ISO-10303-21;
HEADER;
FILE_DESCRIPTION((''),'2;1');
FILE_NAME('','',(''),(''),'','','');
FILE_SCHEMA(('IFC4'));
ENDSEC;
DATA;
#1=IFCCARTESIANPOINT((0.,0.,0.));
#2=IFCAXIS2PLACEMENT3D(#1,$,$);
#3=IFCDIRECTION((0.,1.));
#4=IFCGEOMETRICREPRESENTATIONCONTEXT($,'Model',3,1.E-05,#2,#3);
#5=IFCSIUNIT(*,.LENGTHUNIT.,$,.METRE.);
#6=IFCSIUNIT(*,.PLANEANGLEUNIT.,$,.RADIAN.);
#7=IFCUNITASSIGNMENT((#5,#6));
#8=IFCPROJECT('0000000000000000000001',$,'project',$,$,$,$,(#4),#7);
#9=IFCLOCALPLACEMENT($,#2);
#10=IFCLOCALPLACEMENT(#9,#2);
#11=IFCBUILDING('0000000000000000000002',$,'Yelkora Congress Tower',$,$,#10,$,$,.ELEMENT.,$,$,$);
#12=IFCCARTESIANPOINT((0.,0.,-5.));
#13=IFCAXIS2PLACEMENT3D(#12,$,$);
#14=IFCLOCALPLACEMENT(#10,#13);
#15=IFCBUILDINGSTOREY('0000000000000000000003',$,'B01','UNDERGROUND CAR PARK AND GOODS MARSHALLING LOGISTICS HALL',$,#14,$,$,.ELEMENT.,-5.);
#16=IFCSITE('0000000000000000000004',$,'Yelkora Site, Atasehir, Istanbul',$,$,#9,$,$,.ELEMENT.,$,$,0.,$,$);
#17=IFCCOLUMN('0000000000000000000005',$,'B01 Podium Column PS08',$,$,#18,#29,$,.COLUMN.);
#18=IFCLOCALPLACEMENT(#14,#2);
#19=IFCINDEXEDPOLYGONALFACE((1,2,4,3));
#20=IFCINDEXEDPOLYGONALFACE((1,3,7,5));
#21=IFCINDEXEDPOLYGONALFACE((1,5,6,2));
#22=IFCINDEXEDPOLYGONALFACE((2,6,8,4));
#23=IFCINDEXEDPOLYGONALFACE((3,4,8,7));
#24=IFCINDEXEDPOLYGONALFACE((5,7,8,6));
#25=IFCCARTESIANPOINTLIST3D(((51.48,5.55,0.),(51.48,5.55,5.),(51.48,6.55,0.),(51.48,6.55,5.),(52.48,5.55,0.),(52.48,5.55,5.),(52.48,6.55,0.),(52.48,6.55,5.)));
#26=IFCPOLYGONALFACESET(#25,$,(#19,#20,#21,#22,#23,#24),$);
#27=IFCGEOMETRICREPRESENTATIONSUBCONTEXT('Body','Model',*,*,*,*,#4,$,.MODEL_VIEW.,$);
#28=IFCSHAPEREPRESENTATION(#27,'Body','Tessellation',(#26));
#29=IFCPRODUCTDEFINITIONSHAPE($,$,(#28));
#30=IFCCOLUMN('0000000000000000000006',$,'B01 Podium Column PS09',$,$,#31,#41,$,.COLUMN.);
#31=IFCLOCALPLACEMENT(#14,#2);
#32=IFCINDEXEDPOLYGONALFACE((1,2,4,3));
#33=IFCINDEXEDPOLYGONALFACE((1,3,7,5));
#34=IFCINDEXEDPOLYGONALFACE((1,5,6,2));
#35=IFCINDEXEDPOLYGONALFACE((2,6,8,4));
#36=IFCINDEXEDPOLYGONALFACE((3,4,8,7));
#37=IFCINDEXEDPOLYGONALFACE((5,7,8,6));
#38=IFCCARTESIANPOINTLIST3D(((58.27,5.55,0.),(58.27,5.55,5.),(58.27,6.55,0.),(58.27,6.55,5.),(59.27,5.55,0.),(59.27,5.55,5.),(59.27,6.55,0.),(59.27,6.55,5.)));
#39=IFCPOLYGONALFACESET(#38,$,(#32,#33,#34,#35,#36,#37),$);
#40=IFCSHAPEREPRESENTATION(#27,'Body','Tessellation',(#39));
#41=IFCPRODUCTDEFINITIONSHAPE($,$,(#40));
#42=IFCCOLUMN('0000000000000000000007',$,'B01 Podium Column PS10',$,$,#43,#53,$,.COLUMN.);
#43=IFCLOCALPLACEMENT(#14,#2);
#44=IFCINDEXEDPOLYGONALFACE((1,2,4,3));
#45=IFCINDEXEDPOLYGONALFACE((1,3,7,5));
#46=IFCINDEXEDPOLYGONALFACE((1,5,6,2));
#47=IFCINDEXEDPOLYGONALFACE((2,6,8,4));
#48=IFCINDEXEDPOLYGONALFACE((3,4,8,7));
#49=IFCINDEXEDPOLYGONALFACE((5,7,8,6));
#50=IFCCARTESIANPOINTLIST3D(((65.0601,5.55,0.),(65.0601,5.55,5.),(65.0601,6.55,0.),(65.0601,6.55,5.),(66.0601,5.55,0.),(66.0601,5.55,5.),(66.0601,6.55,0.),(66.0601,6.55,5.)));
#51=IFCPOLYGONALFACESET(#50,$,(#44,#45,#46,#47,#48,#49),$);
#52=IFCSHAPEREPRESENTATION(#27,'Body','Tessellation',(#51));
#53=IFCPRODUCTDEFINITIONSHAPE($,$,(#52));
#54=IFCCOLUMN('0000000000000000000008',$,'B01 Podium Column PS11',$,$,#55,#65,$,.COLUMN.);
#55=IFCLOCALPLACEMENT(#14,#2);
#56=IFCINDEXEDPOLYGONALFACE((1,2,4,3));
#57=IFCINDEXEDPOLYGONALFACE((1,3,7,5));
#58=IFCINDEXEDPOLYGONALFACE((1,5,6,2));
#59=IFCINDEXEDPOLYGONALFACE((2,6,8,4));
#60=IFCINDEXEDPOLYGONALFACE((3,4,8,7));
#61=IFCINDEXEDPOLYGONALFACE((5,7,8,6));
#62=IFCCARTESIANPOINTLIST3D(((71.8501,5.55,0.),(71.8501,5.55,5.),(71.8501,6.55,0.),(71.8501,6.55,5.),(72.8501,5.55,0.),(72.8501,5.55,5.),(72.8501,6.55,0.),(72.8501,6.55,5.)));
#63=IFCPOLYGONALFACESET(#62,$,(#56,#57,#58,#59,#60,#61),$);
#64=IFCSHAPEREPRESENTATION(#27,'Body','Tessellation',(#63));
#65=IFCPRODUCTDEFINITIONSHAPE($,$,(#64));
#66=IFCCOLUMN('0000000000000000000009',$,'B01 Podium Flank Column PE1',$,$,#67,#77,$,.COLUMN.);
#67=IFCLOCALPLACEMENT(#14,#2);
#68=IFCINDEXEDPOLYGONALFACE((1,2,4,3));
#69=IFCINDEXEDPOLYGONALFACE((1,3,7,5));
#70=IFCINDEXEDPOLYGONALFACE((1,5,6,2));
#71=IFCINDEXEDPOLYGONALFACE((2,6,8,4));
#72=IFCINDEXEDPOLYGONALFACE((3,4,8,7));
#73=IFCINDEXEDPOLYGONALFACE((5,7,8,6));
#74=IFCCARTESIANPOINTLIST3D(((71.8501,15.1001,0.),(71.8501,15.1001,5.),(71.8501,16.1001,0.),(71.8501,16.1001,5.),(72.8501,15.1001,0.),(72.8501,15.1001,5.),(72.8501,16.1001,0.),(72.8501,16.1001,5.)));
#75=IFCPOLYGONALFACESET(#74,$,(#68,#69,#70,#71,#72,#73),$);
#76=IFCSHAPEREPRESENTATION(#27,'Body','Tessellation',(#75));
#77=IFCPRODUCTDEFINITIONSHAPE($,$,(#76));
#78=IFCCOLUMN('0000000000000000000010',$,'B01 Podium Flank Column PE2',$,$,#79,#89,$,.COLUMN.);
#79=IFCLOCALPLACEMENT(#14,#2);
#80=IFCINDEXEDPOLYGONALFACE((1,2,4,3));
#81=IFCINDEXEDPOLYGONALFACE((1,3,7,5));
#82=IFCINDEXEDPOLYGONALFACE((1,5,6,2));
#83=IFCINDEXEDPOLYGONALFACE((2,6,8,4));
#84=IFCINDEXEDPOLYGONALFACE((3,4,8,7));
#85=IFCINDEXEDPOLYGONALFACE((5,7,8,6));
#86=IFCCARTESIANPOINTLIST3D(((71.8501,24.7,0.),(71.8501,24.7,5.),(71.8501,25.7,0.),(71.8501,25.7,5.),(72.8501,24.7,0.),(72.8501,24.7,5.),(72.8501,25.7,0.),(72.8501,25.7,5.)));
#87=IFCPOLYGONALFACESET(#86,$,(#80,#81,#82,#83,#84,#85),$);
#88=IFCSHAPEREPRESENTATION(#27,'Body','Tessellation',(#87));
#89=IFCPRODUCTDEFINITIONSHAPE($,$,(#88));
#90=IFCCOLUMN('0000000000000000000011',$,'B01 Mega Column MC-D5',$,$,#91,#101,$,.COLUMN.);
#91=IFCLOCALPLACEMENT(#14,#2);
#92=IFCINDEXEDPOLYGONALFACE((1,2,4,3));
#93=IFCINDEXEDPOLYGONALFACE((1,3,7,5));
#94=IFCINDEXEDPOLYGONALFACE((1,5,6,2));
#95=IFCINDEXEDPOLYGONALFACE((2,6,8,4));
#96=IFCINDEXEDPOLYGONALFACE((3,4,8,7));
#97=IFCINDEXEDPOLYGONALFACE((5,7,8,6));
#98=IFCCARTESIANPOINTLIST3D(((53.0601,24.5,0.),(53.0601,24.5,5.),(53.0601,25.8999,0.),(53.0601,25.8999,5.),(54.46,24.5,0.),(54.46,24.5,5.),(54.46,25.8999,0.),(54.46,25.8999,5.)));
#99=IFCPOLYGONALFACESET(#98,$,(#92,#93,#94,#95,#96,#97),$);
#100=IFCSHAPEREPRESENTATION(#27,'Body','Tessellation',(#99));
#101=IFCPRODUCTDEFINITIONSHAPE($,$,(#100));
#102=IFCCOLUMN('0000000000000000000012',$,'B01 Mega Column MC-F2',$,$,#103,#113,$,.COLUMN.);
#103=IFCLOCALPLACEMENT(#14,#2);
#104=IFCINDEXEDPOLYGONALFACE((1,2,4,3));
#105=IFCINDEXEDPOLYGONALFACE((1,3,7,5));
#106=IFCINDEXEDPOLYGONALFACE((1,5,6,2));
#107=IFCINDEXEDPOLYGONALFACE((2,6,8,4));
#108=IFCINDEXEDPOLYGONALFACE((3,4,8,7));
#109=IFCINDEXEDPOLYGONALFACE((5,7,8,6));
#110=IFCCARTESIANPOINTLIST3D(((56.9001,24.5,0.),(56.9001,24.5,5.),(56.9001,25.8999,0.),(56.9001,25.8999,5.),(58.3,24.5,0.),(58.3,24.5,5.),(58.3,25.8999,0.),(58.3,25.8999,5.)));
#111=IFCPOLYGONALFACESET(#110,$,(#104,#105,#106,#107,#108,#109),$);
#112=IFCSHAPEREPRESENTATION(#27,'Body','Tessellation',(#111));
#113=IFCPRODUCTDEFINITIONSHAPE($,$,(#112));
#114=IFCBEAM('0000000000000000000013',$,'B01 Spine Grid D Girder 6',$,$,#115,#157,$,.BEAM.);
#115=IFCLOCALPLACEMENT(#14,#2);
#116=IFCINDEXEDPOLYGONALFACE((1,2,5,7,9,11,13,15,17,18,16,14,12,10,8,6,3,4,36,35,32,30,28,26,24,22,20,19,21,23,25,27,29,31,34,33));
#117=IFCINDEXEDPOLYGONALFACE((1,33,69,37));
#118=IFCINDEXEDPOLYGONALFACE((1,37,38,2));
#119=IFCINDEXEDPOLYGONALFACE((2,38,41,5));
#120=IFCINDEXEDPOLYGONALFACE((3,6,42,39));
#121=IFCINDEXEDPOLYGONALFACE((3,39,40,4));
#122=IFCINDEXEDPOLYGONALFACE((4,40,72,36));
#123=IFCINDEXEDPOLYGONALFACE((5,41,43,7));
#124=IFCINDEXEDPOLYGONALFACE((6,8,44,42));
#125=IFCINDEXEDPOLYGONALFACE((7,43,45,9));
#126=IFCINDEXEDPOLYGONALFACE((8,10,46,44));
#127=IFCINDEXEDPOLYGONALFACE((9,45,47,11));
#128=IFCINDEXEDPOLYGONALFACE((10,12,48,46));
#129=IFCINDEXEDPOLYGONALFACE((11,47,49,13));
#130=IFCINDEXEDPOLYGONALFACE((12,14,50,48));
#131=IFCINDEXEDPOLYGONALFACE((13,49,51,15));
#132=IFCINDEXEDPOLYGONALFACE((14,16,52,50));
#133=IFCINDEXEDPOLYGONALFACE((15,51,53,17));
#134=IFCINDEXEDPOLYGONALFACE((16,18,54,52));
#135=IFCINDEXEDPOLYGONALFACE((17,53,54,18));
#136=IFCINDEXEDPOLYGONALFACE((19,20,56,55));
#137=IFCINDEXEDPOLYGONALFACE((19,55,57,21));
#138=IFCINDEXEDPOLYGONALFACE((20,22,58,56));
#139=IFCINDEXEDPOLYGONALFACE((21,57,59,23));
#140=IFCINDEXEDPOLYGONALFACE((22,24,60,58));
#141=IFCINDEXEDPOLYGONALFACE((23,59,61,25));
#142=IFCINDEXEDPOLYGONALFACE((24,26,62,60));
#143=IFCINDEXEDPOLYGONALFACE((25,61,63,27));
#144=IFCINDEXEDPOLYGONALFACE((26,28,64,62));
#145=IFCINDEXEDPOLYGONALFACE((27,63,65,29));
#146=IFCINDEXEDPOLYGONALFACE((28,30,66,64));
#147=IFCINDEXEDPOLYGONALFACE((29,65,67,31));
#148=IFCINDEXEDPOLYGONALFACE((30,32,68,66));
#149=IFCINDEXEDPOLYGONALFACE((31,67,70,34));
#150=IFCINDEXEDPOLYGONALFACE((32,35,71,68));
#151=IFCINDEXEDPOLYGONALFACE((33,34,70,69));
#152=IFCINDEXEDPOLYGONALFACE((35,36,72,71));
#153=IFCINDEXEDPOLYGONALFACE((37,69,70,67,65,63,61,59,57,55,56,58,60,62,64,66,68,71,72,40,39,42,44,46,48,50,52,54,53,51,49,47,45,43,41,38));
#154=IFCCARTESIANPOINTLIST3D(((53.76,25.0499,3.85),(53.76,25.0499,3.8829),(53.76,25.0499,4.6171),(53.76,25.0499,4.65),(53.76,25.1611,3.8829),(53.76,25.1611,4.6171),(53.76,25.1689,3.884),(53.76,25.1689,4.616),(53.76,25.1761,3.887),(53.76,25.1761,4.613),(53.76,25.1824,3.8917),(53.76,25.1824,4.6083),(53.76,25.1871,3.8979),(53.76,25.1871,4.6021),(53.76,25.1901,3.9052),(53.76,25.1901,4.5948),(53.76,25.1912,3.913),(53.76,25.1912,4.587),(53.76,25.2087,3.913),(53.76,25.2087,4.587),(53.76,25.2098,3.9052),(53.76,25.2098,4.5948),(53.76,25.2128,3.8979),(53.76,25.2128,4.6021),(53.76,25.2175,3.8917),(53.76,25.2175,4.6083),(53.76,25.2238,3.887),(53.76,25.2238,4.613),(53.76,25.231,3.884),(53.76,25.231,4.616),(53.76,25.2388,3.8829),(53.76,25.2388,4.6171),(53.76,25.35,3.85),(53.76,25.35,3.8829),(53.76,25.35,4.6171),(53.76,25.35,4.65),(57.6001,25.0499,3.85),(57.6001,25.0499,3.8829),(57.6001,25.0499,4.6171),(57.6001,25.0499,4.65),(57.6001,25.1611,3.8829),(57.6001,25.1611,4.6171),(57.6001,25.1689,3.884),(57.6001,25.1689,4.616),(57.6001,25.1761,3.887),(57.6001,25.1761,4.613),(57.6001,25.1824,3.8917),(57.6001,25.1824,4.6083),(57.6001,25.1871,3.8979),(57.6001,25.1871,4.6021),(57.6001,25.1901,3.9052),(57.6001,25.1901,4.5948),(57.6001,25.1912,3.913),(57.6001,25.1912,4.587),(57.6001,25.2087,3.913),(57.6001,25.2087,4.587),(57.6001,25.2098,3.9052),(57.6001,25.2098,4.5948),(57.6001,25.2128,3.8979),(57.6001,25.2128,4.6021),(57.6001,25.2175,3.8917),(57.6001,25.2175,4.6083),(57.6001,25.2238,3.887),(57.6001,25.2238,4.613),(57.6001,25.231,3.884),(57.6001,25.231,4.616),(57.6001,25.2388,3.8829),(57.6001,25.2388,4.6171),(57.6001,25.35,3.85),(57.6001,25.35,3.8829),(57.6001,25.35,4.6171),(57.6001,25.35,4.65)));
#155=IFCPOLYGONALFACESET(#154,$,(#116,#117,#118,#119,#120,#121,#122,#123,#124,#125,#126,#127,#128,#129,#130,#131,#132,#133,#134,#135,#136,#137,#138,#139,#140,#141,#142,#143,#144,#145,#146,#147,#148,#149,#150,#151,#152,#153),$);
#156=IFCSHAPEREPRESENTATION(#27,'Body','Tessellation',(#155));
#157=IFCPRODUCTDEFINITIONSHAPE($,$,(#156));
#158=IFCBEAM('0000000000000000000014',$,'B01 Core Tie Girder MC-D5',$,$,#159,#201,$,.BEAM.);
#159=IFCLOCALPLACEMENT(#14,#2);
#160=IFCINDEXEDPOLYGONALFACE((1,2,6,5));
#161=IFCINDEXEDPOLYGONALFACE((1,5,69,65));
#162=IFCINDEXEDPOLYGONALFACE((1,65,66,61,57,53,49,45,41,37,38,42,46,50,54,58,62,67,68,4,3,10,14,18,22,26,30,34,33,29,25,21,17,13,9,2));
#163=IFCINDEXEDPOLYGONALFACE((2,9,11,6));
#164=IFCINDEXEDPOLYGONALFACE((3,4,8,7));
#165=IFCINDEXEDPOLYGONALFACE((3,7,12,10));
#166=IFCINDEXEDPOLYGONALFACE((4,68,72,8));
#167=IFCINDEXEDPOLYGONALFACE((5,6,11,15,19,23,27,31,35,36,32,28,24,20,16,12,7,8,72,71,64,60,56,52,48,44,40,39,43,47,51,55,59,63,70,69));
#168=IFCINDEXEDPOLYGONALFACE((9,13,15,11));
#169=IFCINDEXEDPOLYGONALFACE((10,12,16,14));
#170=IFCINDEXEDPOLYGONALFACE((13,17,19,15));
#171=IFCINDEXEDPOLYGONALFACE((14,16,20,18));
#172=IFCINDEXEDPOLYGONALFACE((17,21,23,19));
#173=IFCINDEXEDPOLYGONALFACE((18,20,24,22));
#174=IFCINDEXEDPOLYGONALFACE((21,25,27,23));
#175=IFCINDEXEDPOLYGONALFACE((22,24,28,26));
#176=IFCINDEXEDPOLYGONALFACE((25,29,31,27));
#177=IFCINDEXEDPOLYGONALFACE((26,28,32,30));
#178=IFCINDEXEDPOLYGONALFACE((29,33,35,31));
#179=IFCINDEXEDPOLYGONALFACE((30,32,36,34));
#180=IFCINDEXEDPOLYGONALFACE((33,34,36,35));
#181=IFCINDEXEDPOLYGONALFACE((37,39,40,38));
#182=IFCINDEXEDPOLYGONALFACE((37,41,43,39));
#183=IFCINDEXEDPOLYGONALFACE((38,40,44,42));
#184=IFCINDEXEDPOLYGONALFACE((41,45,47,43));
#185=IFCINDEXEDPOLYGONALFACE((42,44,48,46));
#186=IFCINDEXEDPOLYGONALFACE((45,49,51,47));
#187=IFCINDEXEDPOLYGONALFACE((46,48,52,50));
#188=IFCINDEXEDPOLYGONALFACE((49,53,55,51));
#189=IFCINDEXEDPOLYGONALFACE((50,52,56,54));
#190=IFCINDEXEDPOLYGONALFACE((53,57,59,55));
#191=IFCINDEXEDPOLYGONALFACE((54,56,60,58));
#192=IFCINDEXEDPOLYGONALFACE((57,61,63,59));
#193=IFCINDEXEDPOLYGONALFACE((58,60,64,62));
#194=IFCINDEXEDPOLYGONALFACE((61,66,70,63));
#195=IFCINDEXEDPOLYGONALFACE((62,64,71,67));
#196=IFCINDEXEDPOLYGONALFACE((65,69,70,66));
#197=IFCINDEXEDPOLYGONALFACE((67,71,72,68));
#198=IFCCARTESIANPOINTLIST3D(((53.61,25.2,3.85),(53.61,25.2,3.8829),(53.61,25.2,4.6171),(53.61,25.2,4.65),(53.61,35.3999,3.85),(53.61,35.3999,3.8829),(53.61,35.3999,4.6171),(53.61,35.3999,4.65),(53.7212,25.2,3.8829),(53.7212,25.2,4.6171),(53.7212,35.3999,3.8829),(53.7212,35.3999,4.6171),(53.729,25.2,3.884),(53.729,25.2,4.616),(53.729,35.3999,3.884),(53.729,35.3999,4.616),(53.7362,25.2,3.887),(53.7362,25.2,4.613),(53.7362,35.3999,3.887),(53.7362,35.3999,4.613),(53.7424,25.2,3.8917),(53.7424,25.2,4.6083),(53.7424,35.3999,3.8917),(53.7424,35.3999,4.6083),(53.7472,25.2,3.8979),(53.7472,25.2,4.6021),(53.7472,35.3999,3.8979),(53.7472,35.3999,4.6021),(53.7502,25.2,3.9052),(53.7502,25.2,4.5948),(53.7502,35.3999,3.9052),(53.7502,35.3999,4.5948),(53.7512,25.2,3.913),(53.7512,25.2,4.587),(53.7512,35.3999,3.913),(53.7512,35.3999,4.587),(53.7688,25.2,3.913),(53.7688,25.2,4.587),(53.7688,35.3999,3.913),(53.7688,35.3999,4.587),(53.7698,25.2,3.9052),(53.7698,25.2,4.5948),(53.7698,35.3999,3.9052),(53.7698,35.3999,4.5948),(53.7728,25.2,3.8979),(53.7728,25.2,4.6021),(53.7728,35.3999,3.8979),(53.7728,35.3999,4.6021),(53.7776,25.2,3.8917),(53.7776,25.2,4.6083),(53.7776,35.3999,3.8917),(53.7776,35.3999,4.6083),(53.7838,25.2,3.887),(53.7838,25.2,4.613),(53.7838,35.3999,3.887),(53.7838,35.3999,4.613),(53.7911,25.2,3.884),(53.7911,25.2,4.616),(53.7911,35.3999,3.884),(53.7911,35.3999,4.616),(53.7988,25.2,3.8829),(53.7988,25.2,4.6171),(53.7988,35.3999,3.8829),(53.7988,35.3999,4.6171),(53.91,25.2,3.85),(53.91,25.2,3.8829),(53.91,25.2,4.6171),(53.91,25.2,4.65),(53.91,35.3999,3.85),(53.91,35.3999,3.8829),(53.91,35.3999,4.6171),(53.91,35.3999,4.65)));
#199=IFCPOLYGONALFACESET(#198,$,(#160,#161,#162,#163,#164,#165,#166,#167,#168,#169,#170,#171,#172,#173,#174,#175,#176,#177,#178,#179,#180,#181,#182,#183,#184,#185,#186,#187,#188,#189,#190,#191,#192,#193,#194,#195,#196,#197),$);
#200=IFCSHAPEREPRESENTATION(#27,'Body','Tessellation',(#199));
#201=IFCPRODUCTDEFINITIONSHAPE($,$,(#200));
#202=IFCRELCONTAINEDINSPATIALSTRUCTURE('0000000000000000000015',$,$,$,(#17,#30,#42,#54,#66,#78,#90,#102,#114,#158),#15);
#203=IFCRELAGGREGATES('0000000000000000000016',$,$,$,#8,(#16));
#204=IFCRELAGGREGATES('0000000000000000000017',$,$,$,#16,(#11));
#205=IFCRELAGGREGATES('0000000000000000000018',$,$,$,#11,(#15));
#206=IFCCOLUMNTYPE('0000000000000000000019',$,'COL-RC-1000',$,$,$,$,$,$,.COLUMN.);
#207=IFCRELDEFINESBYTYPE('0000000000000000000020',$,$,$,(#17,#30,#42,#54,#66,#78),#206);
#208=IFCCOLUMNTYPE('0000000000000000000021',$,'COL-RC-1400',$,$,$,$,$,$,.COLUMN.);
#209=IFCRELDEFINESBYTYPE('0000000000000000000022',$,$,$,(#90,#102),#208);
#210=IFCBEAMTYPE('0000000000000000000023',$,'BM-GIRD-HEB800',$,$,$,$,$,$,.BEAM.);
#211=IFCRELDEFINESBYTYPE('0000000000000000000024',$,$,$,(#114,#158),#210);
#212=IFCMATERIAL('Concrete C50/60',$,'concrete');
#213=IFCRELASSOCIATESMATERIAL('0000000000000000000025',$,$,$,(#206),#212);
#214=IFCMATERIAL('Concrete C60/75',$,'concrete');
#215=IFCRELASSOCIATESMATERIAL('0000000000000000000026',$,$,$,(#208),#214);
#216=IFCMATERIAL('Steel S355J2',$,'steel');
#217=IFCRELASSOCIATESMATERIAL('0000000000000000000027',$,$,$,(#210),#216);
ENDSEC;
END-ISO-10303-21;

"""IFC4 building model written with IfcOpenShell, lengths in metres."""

from ifc_helpers import new_model, si_unit, direction, frame, origin, origin_2d, place, context, subcontext, project, spatial, rectangle, i_section, extrude, material, material_profile, profile_set, type_object, element, save


model = new_model("IFC4")

# Units and contexts
model_context = context("Model", 3, precision=1e-05, world=origin(), true_north=direction((0.0, 1.0)))
body_context = subcontext(model_context, "Body", "Model", "MODEL_VIEW")
ifc_project = project(units=[si_unit("LENGTHUNIT", "METRE"), si_unit("PLANEANGLEUNIT", "RADIAN")], contexts=[model_context])

# Site, building, storey
site_placement = place(None, origin())
site = spatial("IfcSite", under=ifc_project, at=site_placement, Name="Yelkora Site, Atasehir, Istanbul", CompositionType="ELEMENT", RefElevation=0.0)
building_placement = place(site_placement, origin())
building = spatial("IfcBuilding", under=site, at=building_placement, Name="Yelkora Congress Tower", CompositionType="ELEMENT")
storey_placement = place(building_placement, frame((0.0, 0.0, -5.0)))
storey = spatial("IfcBuildingStorey", under=building, at=storey_placement, Name="B01", Description="UNDERGROUND CAR PARK AND GOODS MARSHALLING LOGISTICS HALL", CompositionType="ELEMENT", Elevation=-5.0)

# Columns
ifc_material_1 = material(Name="Concrete C50/60", Category="concrete")
ifc_material_profile_1 = material_profile(ifc_material_1, rectangle(XDim=1.0, YDim=1.0, at=origin_2d()), Name="RC 1000x1000")
ifc_profile_set_1 = profile_set([ifc_material_profile_1], Name="Concrete C50/60")
column_type_1 = type_object("IfcColumnType", Name="COL-RC-1000", PredefinedType="COLUMN", material=ifc_profile_set_1)
for number, where, z_axis, x_axis, name in (
    (1, (51.98, 6.05, 0.0), (0.0, 0.0, 1.0), (1.0, 0.0, 0.0), "B01 Podium Column PS08"),
    (2, (58.77, 6.05, 0.0), (0.0, 0.0, 1.0), (1.0, 0.0, 0.0), "B01 Podium Column PS09"),
    (3, (65.5601, 6.05, 0.0), (0.0, 0.0, 1.0), (1.0, 0.0, 0.0), "B01 Podium Column PS10"),
    (4, (72.3501, 6.05, 0.0), (0.0, 0.0, 1.0), (1.0, 0.0, 0.0), "B01 Podium Column PS11"),
    (5, (72.3501, 15.6001, 0.0), (0.0, 0.0, 1.0), (1.0, 0.0, 0.0), "B01 Podium Flank Column PE1"),
    (6, (72.3501, 25.2, 0.0), (0.0, 0.0, 1.0), (1.0, 0.0, 0.0), "B01 Podium Flank Column PE2"),
):
    element("IfcColumn", number, at=place(storey_placement, frame(where, z_axis=z_axis, x_axis=x_axis)), inside=storey, type_object=column_type_1, Name=name, PredefinedType="COLUMN", context=body_context, shape_type="SweptSolid", body=[
        extrude(rectangle(XDim=1.0, YDim=1.0, at=origin_2d()), origin(), (0.0, 0.0, 1.0), 5.0),
    ])
ifc_material_2 = material(Name="Concrete C60/75", Category="concrete")
ifc_material_profile_2 = material_profile(ifc_material_2, rectangle(XDim=1.3999, YDim=1.3999, at=origin_2d()), Name="RC 1400x1400")
ifc_profile_set_2 = profile_set([ifc_material_profile_2], Name="Concrete C60/75")
column_type_2 = type_object("IfcColumnType", Name="COL-RC-1400", PredefinedType="COLUMN", material=ifc_profile_set_2)
for number, where, z_axis, x_axis, name in (
    (7, (53.76, 25.2, 0.0), (0.0, 0.0, 1.0), (1.0, 0.0, 0.0), "B01 Mega Column MC-D5"),
    (8, (57.6001, 25.2, 0.0), (0.0, 0.0, 1.0), (1.0, 0.0, 0.0), "B01 Mega Column MC-F2"),
):
    element("IfcColumn", number, at=place(storey_placement, frame(where, z_axis=z_axis, x_axis=x_axis)), inside=storey, type_object=column_type_2, Name=name, PredefinedType="COLUMN", context=body_context, shape_type="SweptSolid", body=[
        extrude(rectangle(XDim=1.3999, YDim=1.3999, at=origin_2d()), origin(), (0.0, 0.0, 1.0), 5.0),
    ])

# Beams
ifc_material_3 = material(Name="Steel S355J2", Category="steel")
ifc_material_profile_3 = material_profile(ifc_material_3, i_section(OverallWidth=0.3, OverallDepth=0.8, WebThickness=0.0176, FlangeThickness=0.033, FilletRadius=0.03, at=origin_2d()), Name="HEB 800")
ifc_profile_set_3 = profile_set([ifc_material_profile_3], Name="Steel S355J2")
beam_type_1 = type_object("IfcBeamType", Name="BM-GIRD-HEB800", PredefinedType="BEAM", material=ifc_profile_set_3)
beam_1_placement = place(storey_placement, frame((53.76, 25.2, 4.25), z_axis=(1.0, 0.0, 0.0), x_axis=(0.0, 1.0, 0.0)))
element("IfcBeam", 9, at=beam_1_placement, inside=storey, type_object=beam_type_1, Name="B01 Spine Grid D Girder 6", PredefinedType="BEAM", context=body_context, shape_type="SweptSolid", body=[
    extrude(i_section(OverallWidth=0.3, OverallDepth=0.8, WebThickness=0.0176, FlangeThickness=0.033, FilletRadius=0.03, at=origin_2d()), origin(), (0.0, 0.0, 1.0), 3.8401),
])
beam_2_placement = place(storey_placement, frame((53.76, 25.2, 4.25), z_axis=(0.0, 1.0, 0.0), x_axis=(-1.0, 0.0, 0.0)))
element("IfcBeam", 10, at=beam_2_placement, inside=storey, type_object=beam_type_1, Name="B01 Core Tie Girder MC-D5", PredefinedType="BEAM", context=body_context, shape_type="SweptSolid", body=[
    extrude(i_section(OverallWidth=0.3, OverallDepth=0.8, WebThickness=0.0176, FlangeThickness=0.033, FilletRadius=0.03, at=origin_2d()), origin(), (0.0, 0.0, 1.0), 10.2),
])

save(model, "model.ifc")
